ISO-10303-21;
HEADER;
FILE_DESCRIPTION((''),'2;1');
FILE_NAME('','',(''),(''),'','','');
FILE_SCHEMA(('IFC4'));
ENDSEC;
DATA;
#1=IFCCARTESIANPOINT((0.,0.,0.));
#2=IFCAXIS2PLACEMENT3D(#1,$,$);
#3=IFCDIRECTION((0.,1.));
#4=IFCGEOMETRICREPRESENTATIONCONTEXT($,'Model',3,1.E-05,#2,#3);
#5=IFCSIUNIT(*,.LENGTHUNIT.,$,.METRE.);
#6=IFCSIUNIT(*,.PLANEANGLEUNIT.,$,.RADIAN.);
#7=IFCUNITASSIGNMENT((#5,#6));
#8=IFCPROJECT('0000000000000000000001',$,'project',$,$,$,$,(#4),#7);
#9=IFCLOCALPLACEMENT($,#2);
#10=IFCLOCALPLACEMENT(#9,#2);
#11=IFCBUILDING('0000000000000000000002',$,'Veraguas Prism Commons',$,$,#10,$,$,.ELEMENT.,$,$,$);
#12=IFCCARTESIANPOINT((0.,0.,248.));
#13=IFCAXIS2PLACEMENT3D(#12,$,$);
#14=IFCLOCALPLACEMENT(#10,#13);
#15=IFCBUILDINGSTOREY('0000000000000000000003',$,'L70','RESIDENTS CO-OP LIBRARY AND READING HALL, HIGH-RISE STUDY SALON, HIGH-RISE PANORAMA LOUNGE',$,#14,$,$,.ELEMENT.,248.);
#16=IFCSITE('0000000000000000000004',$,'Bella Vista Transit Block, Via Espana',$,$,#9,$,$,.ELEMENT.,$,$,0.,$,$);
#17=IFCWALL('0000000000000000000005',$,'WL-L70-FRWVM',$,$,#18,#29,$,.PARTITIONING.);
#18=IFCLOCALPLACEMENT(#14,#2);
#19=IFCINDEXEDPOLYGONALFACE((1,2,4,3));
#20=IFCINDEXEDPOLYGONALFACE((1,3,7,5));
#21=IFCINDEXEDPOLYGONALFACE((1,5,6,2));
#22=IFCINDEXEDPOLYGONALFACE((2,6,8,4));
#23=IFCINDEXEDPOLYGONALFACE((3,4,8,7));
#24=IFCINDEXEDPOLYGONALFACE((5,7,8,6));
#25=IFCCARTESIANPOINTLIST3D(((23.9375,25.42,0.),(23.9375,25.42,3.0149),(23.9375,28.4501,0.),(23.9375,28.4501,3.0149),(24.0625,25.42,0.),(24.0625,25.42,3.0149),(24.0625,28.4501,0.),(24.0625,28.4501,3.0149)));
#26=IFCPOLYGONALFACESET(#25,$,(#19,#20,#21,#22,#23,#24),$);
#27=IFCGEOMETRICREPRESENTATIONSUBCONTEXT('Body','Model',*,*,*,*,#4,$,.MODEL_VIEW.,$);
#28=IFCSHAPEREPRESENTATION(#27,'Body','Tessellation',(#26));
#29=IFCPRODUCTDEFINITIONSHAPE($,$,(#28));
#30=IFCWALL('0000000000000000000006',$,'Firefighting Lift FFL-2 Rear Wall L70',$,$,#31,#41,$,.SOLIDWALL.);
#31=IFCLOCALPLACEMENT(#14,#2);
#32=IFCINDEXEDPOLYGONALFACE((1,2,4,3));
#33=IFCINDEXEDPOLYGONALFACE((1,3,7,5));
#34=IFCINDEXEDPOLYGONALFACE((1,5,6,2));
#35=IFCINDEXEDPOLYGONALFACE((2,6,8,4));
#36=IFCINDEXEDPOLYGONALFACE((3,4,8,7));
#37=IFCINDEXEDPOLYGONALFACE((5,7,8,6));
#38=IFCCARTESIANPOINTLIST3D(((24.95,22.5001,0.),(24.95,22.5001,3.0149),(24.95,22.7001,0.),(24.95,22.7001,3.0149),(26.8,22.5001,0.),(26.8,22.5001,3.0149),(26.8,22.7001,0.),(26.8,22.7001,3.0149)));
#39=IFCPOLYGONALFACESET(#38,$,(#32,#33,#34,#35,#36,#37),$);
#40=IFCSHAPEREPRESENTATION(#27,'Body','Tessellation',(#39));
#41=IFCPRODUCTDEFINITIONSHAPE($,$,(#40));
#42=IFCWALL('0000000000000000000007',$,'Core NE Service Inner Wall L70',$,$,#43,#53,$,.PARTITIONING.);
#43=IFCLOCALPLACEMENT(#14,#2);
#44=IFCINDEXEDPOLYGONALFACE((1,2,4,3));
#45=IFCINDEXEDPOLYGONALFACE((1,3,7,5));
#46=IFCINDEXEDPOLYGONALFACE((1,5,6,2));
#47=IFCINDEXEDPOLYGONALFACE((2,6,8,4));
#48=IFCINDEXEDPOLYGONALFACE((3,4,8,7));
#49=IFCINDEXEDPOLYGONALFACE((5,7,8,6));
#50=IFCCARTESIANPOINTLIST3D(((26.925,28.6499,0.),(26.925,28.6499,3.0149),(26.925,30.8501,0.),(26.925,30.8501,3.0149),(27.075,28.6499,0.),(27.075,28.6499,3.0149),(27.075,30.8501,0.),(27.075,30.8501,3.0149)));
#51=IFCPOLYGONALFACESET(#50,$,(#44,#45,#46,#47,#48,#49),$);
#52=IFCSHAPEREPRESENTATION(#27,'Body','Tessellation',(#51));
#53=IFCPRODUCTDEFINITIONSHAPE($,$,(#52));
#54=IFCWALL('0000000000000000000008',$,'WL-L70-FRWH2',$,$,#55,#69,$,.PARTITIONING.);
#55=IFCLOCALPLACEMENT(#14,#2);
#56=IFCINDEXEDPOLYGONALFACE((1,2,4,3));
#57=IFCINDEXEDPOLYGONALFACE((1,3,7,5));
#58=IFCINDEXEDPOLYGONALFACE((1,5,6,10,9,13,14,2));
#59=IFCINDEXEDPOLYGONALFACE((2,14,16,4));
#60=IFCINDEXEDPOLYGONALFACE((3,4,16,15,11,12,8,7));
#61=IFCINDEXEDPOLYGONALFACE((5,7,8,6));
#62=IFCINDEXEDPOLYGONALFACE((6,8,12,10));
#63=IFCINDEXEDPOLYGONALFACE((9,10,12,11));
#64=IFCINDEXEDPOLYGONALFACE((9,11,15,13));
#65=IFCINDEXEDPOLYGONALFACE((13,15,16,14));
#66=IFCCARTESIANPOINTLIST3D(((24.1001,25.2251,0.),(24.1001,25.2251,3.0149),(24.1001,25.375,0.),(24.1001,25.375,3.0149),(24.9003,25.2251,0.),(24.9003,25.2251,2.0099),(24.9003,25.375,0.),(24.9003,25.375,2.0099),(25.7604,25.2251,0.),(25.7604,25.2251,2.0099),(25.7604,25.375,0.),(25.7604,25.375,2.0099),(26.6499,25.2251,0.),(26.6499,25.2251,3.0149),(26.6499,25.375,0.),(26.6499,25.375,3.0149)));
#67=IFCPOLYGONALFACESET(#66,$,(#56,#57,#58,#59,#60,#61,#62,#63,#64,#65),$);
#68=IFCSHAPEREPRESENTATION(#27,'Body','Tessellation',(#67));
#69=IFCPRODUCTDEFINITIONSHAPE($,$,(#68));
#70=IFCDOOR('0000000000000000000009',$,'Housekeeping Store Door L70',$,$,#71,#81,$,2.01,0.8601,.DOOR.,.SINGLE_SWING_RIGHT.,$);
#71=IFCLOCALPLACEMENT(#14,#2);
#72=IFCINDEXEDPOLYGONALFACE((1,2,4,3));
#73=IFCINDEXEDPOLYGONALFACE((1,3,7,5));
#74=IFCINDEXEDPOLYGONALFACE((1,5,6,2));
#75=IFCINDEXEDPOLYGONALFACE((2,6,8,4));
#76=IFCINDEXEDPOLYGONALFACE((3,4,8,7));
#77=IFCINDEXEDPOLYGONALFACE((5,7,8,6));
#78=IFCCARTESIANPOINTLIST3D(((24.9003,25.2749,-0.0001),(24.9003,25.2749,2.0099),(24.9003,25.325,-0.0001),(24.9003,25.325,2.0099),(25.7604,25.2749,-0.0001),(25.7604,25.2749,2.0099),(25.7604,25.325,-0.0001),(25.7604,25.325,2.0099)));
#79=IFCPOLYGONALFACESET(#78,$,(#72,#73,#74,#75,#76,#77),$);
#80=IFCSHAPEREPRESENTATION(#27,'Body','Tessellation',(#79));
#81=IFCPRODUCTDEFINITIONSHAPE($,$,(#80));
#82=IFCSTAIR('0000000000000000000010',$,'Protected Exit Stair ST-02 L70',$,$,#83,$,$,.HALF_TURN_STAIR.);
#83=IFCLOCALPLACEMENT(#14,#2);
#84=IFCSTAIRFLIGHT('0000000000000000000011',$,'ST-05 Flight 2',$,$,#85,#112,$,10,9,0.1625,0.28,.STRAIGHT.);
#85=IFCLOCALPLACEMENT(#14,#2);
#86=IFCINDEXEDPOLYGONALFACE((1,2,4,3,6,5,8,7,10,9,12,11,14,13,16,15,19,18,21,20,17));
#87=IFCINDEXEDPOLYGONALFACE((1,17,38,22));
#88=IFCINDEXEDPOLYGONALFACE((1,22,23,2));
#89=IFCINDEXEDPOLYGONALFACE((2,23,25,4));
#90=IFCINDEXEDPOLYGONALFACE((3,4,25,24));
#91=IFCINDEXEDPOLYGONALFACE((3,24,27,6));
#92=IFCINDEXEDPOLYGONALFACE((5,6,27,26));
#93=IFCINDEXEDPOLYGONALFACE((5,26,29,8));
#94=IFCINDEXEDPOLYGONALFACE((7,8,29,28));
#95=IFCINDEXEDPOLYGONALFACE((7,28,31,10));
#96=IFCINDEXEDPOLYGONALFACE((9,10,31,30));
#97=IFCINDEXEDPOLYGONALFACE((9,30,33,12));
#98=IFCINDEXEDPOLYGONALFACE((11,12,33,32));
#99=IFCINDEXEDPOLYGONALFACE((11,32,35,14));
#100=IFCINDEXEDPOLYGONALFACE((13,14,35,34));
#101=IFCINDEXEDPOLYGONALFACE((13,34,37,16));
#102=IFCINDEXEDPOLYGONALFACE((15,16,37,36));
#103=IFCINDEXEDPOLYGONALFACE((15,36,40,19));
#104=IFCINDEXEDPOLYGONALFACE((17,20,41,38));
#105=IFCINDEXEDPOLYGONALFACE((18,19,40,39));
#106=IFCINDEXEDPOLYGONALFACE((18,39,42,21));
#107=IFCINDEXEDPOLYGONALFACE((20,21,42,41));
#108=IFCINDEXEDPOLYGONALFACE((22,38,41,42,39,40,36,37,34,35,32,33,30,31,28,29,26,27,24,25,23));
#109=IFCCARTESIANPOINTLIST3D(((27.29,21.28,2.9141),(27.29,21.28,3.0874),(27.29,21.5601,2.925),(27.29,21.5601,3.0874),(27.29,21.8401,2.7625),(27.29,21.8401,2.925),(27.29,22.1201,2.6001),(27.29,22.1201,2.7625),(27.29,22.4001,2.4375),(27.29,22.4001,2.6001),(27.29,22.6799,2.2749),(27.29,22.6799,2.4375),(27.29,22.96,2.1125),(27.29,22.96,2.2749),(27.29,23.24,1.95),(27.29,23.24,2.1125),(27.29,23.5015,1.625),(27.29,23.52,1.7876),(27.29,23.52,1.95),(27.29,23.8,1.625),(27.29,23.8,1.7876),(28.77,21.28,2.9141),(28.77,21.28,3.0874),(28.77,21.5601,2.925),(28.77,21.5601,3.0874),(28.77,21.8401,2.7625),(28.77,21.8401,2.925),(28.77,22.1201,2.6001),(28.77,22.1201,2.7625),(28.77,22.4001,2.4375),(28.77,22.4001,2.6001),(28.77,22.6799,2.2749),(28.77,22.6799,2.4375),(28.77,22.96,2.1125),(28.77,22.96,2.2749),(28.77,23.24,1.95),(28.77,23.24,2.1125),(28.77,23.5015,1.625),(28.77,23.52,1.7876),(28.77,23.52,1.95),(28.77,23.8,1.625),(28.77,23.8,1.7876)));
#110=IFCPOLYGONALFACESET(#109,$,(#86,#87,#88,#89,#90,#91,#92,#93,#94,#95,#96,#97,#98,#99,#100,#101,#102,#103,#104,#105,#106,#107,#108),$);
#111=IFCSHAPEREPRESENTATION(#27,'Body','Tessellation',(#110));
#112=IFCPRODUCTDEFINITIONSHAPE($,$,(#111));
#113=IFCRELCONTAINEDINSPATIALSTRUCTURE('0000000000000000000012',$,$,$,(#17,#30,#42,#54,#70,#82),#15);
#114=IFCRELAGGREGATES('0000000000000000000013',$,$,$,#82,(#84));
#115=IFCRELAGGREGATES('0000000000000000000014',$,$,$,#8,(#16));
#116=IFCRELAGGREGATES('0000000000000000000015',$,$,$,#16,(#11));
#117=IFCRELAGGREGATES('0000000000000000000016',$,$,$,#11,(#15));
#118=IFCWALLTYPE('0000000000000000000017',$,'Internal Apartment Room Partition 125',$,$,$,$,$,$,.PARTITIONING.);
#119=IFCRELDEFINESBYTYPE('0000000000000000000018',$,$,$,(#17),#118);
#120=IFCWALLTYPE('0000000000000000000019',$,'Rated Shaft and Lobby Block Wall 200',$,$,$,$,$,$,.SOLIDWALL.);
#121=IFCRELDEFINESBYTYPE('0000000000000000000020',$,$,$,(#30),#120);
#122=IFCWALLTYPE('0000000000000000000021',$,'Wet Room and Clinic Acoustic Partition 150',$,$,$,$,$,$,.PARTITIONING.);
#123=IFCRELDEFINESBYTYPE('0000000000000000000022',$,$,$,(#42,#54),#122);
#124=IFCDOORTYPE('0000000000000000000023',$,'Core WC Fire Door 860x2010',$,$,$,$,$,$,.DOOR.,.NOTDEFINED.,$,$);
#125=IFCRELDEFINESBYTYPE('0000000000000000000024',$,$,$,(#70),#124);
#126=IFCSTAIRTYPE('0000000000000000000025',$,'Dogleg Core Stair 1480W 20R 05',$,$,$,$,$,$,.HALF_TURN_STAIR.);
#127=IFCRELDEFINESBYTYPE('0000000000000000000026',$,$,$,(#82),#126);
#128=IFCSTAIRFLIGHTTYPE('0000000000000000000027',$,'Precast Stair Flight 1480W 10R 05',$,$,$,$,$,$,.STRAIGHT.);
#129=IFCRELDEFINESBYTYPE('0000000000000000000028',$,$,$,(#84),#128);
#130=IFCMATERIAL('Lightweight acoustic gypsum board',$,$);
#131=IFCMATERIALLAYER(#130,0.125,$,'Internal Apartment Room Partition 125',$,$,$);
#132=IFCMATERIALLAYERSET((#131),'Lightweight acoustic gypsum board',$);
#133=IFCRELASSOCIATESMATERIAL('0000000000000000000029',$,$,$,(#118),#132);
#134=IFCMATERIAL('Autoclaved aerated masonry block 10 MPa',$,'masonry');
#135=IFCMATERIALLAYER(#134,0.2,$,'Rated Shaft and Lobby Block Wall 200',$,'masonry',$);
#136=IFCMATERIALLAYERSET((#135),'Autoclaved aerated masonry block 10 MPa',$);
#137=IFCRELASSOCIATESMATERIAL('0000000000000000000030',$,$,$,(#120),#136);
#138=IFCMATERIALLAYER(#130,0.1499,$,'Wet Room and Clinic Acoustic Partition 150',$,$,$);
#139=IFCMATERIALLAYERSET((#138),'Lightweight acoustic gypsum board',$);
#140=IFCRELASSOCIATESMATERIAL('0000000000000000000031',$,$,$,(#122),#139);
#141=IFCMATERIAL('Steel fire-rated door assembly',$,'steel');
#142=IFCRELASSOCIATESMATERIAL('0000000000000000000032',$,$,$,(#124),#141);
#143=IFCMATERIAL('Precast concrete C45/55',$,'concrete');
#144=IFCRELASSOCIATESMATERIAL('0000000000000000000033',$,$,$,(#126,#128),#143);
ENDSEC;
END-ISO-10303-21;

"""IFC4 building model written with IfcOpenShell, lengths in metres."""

from ifc_helpers import new_model, si_unit, direction, frame, frame_2d, origin, place, context, subcontext, project, spatial, polyline, rectangle, outline, extrude, source, transform, mapped, material, layer, layer_set, type_object, element, fill, aggregate, save


model = new_model("IFC4")

# Units and contexts
model_context = context("Model", 3, precision=1e-05, world=origin(), true_north=direction((0.0, 1.0)))
body_context = subcontext(model_context, "Body", "Model", "MODEL_VIEW")
ifc_project = project(units=[si_unit("LENGTHUNIT", "METRE"), si_unit("PLANEANGLEUNIT", "RADIAN")], contexts=[model_context])

# Site, building, storey
site_placement = place(None, origin())
site = spatial("IfcSite", under=ifc_project, at=site_placement, Name="Bella Vista Transit Block, Via Espana", CompositionType="ELEMENT", RefElevation=0.0)
building_placement = place(site_placement, origin())
building = spatial("IfcBuilding", under=site, at=building_placement, Name="Veraguas Prism Commons", CompositionType="ELEMENT")
storey_placement = place(building_placement, frame((0.0, 0.0, 248.0)))
storey = spatial("IfcBuildingStorey", under=building, at=storey_placement, Name="L70", Description="RESIDENTS CO-OP LIBRARY AND READING HALL, HIGH-RISE STUDY SALON, HIGH-RISE PANORAMA LOUNGE", CompositionType="ELEMENT", Elevation=248.0)

# Shared definitions
ifc_material_1 = material(Name="Steel fire-rated door assembly", Category="steel")
ifc_material_2 = material(Name="Autoclaved aerated masonry block 10 MPa", Category="masonry")

# Walls
ifc_material_3 = material(Name="Lightweight acoustic gypsum board")
ifc_layer_1 = layer(ifc_material_3, 0.125, Name="Internal Apartment Room Partition 125")
ifc_layer_set_1 = layer_set([ifc_layer_1], Name="Lightweight acoustic gypsum board")
wall_type_1 = type_object("IfcWallType", Name="Internal Apartment Room Partition 125", PredefinedType="PARTITIONING", material=ifc_layer_set_1)
wall_1_placement = place(storey_placement, frame((24.0, 25.4199, 0.0), z_axis=(0.0, 0.0, 1.0), x_axis=(0.0, 1.0, 0.0)))
element("IfcWall", 1, at=wall_1_placement, inside=storey, type_object=wall_type_1, Name="WL-L70-FRWVM", PredefinedType="PARTITIONING", context=body_context, shape_type="SweptSolid", body=[
    extrude(rectangle(XDim=3.03, YDim=0.125, at=frame_2d((1.5151, 0.0))), origin(), (0.0, 0.0, 1.0), 3.0149),
])
ifc_layer_2 = layer(ifc_material_2, 0.2, Name="Rated Shaft and Lobby Block Wall 200", Category="masonry")
ifc_layer_set_2 = layer_set([ifc_layer_2], Name="Autoclaved aerated masonry block 10 MPa")
wall_type_2 = type_object("IfcWallType", Name="Rated Shaft and Lobby Block Wall 200", PredefinedType="SOLIDWALL", material=ifc_layer_set_2)
wall_2_placement = place(storey_placement, frame((24.95, 22.6001, 0.0), z_axis=(0.0, 0.0, 1.0), x_axis=(1.0, 0.0, 0.0)))
element("IfcWall", 2, at=wall_2_placement, inside=storey, type_object=wall_type_2, Name="Firefighting Lift FFL-2 Rear Wall L70", PredefinedType="SOLIDWALL", context=body_context, shape_type="SweptSolid", body=[
    extrude(rectangle(XDim=1.8501, YDim=0.2, at=frame_2d((0.925, 0.0))), origin(), (0.0, 0.0, 1.0), 3.0149),
])
ifc_layer_3 = layer(ifc_material_3, 0.1499, Name="Wet Room and Clinic Acoustic Partition 150")
ifc_layer_set_3 = layer_set([ifc_layer_3], Name="Lightweight acoustic gypsum board")
wall_type_3 = type_object("IfcWallType", Name="Wet Room and Clinic Acoustic Partition 150", PredefinedType="PARTITIONING", material=ifc_layer_set_3)
wall_3_placement = place(storey_placement, frame((27.0, 28.6499, 0.0), z_axis=(0.0, 0.0, 1.0), x_axis=(0.0, 1.0, 0.0)))
element("IfcWall", 3, at=wall_3_placement, inside=storey, type_object=wall_type_3, Name="Core NE Service Inner Wall L70", PredefinedType="PARTITIONING", context=body_context, shape_type="SweptSolid", body=[
    extrude(rectangle(XDim=2.2002, YDim=0.1499, at=frame_2d((1.1001, 0.0))), origin(), (0.0, 0.0, 1.0), 3.0149),
])

# Wall, opening, door
wall_4_placement = place(storey_placement, frame((24.1001, 25.3, 0.0), z_axis=(0.0, 0.0, 1.0), x_axis=(1.0, 0.0, 0.0)))
wall_4 = element("IfcWall", 4, at=wall_4_placement, inside=storey, type_object=wall_type_3, Name="WL-L70-FRWH2", PredefinedType="PARTITIONING", context=body_context, shape_type="SweptSolid", body=[
    extrude(rectangle(XDim=2.5498, YDim=0.1499, at=frame_2d((1.2749, 0.0))), origin(), (0.0, 0.0, 1.0), 3.0149),
])
opening_1_placement = place(wall_4_placement, frame((0.8, 0.0, 0.0)))
opening_1 = element("IfcOpeningElement", 5, at=opening_1_placement, cuts=wall_4, PredefinedType="OPENING", context=body_context, shape_type="SweptSolid", body=[
    extrude(rectangle(XDim=0.8601, YDim=2.01, at=frame_2d((0.4302, 1.0049))), frame((0.0, 0.085, 0.0), z_axis=(0.0, -1.0, 0.0), x_axis=(1.0, 0.0, 0.0)), (0.0, 0.0, 1.0), 0.1699),
])
door_type_1 = type_object("IfcDoorType", Name="Core WC Fire Door 860x2010", OperationType="NOTDEFINED", PredefinedType="DOOR", material=ifc_material_1)
shared_shape_1 = source(origin(), body_context, "Body", "SweptSolid", [
    extrude(rectangle(XDim=0.8601, YDim=2.01, at=frame_2d((0.4302, 1.0049))), frame((0.0, 0.0249, 0.0), z_axis=(0.0, -1.0, 0.0), x_axis=(1.0, 0.0, 0.0)), (0.0, 0.0, 1.0), 0.05),
])
door_1_placement = place(opening_1_placement, origin())
door_1 = element("IfcDoor", 6, at=door_1_placement, inside=storey, type_object=door_type_1, Name="Housekeeping Store Door L70", OperationType="SINGLE_SWING_RIGHT", OverallHeight=2.01, OverallWidth=0.8601, PredefinedType="DOOR", context=body_context, shape_type="MappedRepresentation", body=[
    mapped(shared_shape_1, transform((0.0, 0.0, 0.0), scale=1.0)),
])
fill(opening_1, door_1)

# Stair, stair flight
ifc_material_4 = material(Name="Precast concrete C45/55", Category="concrete")
stair_type = type_object("IfcStairType", Name="Dogleg Core Stair 1480W 20R 05", PredefinedType="HALF_TURN_STAIR", material=ifc_material_4)
stair_placement = place(storey_placement, origin())
stair = element("IfcStair", 7, at=stair_placement, inside=storey, type_object=stair_type, Name="Protected Exit Stair ST-02 L70", PredefinedType="HALF_TURN_STAIR")
stair_flight_type = type_object("IfcStairFlightType", Name="Precast Stair Flight 1480W 10R 05", PredefinedType="STRAIGHT", material=ifc_material_4)
stair_flight_placement = place(storey_placement, frame((28.03, 23.8, 1.625), z_axis=(0.0, 0.0, 1.0), x_axis=(0.0, -1.0, 0.0)))
stair_flight = element("IfcStairFlight", 8, at=stair_flight_placement, type_object=stair_flight_type, Name="ST-05 Flight 2", NumberOfRisers=10, NumberOfTreads=9, PredefinedType="STRAIGHT", RiserHeight=0.1625, TreadLength=0.28, context=body_context, shape_type="SweptSolid", body=[
    extrude(outline(polyline([(0.0, 0.0), (0.0, 0.1626), (0.28, 0.1626), (0.28, 0.325), (0.5601, 0.325), (0.5601, 0.4875), (0.8401, 0.4875), (0.8401, 0.6499), (1.1201, 0.6499), (1.1201, 0.8125), (1.3999, 0.8125), (1.3999, 0.9751), (1.6799, 0.9751), (1.6799, 1.1375), (1.96, 1.1375), (1.96, 1.3), (2.24, 1.3), (2.24, 1.4624), (2.52, 1.4624), (2.52, 1.625), (2.52, 1.2891), (0.2986, 0.0), (0.0, 0.0)])), frame((0.0, 0.74, 0.0), z_axis=(0.0, -1.0, 0.0), x_axis=(1.0, 0.0, 0.0)), (0.0, 0.0, 1.0), 1.48),
])
aggregate(stair, [stair_flight])

save(model, "model.ifc")
